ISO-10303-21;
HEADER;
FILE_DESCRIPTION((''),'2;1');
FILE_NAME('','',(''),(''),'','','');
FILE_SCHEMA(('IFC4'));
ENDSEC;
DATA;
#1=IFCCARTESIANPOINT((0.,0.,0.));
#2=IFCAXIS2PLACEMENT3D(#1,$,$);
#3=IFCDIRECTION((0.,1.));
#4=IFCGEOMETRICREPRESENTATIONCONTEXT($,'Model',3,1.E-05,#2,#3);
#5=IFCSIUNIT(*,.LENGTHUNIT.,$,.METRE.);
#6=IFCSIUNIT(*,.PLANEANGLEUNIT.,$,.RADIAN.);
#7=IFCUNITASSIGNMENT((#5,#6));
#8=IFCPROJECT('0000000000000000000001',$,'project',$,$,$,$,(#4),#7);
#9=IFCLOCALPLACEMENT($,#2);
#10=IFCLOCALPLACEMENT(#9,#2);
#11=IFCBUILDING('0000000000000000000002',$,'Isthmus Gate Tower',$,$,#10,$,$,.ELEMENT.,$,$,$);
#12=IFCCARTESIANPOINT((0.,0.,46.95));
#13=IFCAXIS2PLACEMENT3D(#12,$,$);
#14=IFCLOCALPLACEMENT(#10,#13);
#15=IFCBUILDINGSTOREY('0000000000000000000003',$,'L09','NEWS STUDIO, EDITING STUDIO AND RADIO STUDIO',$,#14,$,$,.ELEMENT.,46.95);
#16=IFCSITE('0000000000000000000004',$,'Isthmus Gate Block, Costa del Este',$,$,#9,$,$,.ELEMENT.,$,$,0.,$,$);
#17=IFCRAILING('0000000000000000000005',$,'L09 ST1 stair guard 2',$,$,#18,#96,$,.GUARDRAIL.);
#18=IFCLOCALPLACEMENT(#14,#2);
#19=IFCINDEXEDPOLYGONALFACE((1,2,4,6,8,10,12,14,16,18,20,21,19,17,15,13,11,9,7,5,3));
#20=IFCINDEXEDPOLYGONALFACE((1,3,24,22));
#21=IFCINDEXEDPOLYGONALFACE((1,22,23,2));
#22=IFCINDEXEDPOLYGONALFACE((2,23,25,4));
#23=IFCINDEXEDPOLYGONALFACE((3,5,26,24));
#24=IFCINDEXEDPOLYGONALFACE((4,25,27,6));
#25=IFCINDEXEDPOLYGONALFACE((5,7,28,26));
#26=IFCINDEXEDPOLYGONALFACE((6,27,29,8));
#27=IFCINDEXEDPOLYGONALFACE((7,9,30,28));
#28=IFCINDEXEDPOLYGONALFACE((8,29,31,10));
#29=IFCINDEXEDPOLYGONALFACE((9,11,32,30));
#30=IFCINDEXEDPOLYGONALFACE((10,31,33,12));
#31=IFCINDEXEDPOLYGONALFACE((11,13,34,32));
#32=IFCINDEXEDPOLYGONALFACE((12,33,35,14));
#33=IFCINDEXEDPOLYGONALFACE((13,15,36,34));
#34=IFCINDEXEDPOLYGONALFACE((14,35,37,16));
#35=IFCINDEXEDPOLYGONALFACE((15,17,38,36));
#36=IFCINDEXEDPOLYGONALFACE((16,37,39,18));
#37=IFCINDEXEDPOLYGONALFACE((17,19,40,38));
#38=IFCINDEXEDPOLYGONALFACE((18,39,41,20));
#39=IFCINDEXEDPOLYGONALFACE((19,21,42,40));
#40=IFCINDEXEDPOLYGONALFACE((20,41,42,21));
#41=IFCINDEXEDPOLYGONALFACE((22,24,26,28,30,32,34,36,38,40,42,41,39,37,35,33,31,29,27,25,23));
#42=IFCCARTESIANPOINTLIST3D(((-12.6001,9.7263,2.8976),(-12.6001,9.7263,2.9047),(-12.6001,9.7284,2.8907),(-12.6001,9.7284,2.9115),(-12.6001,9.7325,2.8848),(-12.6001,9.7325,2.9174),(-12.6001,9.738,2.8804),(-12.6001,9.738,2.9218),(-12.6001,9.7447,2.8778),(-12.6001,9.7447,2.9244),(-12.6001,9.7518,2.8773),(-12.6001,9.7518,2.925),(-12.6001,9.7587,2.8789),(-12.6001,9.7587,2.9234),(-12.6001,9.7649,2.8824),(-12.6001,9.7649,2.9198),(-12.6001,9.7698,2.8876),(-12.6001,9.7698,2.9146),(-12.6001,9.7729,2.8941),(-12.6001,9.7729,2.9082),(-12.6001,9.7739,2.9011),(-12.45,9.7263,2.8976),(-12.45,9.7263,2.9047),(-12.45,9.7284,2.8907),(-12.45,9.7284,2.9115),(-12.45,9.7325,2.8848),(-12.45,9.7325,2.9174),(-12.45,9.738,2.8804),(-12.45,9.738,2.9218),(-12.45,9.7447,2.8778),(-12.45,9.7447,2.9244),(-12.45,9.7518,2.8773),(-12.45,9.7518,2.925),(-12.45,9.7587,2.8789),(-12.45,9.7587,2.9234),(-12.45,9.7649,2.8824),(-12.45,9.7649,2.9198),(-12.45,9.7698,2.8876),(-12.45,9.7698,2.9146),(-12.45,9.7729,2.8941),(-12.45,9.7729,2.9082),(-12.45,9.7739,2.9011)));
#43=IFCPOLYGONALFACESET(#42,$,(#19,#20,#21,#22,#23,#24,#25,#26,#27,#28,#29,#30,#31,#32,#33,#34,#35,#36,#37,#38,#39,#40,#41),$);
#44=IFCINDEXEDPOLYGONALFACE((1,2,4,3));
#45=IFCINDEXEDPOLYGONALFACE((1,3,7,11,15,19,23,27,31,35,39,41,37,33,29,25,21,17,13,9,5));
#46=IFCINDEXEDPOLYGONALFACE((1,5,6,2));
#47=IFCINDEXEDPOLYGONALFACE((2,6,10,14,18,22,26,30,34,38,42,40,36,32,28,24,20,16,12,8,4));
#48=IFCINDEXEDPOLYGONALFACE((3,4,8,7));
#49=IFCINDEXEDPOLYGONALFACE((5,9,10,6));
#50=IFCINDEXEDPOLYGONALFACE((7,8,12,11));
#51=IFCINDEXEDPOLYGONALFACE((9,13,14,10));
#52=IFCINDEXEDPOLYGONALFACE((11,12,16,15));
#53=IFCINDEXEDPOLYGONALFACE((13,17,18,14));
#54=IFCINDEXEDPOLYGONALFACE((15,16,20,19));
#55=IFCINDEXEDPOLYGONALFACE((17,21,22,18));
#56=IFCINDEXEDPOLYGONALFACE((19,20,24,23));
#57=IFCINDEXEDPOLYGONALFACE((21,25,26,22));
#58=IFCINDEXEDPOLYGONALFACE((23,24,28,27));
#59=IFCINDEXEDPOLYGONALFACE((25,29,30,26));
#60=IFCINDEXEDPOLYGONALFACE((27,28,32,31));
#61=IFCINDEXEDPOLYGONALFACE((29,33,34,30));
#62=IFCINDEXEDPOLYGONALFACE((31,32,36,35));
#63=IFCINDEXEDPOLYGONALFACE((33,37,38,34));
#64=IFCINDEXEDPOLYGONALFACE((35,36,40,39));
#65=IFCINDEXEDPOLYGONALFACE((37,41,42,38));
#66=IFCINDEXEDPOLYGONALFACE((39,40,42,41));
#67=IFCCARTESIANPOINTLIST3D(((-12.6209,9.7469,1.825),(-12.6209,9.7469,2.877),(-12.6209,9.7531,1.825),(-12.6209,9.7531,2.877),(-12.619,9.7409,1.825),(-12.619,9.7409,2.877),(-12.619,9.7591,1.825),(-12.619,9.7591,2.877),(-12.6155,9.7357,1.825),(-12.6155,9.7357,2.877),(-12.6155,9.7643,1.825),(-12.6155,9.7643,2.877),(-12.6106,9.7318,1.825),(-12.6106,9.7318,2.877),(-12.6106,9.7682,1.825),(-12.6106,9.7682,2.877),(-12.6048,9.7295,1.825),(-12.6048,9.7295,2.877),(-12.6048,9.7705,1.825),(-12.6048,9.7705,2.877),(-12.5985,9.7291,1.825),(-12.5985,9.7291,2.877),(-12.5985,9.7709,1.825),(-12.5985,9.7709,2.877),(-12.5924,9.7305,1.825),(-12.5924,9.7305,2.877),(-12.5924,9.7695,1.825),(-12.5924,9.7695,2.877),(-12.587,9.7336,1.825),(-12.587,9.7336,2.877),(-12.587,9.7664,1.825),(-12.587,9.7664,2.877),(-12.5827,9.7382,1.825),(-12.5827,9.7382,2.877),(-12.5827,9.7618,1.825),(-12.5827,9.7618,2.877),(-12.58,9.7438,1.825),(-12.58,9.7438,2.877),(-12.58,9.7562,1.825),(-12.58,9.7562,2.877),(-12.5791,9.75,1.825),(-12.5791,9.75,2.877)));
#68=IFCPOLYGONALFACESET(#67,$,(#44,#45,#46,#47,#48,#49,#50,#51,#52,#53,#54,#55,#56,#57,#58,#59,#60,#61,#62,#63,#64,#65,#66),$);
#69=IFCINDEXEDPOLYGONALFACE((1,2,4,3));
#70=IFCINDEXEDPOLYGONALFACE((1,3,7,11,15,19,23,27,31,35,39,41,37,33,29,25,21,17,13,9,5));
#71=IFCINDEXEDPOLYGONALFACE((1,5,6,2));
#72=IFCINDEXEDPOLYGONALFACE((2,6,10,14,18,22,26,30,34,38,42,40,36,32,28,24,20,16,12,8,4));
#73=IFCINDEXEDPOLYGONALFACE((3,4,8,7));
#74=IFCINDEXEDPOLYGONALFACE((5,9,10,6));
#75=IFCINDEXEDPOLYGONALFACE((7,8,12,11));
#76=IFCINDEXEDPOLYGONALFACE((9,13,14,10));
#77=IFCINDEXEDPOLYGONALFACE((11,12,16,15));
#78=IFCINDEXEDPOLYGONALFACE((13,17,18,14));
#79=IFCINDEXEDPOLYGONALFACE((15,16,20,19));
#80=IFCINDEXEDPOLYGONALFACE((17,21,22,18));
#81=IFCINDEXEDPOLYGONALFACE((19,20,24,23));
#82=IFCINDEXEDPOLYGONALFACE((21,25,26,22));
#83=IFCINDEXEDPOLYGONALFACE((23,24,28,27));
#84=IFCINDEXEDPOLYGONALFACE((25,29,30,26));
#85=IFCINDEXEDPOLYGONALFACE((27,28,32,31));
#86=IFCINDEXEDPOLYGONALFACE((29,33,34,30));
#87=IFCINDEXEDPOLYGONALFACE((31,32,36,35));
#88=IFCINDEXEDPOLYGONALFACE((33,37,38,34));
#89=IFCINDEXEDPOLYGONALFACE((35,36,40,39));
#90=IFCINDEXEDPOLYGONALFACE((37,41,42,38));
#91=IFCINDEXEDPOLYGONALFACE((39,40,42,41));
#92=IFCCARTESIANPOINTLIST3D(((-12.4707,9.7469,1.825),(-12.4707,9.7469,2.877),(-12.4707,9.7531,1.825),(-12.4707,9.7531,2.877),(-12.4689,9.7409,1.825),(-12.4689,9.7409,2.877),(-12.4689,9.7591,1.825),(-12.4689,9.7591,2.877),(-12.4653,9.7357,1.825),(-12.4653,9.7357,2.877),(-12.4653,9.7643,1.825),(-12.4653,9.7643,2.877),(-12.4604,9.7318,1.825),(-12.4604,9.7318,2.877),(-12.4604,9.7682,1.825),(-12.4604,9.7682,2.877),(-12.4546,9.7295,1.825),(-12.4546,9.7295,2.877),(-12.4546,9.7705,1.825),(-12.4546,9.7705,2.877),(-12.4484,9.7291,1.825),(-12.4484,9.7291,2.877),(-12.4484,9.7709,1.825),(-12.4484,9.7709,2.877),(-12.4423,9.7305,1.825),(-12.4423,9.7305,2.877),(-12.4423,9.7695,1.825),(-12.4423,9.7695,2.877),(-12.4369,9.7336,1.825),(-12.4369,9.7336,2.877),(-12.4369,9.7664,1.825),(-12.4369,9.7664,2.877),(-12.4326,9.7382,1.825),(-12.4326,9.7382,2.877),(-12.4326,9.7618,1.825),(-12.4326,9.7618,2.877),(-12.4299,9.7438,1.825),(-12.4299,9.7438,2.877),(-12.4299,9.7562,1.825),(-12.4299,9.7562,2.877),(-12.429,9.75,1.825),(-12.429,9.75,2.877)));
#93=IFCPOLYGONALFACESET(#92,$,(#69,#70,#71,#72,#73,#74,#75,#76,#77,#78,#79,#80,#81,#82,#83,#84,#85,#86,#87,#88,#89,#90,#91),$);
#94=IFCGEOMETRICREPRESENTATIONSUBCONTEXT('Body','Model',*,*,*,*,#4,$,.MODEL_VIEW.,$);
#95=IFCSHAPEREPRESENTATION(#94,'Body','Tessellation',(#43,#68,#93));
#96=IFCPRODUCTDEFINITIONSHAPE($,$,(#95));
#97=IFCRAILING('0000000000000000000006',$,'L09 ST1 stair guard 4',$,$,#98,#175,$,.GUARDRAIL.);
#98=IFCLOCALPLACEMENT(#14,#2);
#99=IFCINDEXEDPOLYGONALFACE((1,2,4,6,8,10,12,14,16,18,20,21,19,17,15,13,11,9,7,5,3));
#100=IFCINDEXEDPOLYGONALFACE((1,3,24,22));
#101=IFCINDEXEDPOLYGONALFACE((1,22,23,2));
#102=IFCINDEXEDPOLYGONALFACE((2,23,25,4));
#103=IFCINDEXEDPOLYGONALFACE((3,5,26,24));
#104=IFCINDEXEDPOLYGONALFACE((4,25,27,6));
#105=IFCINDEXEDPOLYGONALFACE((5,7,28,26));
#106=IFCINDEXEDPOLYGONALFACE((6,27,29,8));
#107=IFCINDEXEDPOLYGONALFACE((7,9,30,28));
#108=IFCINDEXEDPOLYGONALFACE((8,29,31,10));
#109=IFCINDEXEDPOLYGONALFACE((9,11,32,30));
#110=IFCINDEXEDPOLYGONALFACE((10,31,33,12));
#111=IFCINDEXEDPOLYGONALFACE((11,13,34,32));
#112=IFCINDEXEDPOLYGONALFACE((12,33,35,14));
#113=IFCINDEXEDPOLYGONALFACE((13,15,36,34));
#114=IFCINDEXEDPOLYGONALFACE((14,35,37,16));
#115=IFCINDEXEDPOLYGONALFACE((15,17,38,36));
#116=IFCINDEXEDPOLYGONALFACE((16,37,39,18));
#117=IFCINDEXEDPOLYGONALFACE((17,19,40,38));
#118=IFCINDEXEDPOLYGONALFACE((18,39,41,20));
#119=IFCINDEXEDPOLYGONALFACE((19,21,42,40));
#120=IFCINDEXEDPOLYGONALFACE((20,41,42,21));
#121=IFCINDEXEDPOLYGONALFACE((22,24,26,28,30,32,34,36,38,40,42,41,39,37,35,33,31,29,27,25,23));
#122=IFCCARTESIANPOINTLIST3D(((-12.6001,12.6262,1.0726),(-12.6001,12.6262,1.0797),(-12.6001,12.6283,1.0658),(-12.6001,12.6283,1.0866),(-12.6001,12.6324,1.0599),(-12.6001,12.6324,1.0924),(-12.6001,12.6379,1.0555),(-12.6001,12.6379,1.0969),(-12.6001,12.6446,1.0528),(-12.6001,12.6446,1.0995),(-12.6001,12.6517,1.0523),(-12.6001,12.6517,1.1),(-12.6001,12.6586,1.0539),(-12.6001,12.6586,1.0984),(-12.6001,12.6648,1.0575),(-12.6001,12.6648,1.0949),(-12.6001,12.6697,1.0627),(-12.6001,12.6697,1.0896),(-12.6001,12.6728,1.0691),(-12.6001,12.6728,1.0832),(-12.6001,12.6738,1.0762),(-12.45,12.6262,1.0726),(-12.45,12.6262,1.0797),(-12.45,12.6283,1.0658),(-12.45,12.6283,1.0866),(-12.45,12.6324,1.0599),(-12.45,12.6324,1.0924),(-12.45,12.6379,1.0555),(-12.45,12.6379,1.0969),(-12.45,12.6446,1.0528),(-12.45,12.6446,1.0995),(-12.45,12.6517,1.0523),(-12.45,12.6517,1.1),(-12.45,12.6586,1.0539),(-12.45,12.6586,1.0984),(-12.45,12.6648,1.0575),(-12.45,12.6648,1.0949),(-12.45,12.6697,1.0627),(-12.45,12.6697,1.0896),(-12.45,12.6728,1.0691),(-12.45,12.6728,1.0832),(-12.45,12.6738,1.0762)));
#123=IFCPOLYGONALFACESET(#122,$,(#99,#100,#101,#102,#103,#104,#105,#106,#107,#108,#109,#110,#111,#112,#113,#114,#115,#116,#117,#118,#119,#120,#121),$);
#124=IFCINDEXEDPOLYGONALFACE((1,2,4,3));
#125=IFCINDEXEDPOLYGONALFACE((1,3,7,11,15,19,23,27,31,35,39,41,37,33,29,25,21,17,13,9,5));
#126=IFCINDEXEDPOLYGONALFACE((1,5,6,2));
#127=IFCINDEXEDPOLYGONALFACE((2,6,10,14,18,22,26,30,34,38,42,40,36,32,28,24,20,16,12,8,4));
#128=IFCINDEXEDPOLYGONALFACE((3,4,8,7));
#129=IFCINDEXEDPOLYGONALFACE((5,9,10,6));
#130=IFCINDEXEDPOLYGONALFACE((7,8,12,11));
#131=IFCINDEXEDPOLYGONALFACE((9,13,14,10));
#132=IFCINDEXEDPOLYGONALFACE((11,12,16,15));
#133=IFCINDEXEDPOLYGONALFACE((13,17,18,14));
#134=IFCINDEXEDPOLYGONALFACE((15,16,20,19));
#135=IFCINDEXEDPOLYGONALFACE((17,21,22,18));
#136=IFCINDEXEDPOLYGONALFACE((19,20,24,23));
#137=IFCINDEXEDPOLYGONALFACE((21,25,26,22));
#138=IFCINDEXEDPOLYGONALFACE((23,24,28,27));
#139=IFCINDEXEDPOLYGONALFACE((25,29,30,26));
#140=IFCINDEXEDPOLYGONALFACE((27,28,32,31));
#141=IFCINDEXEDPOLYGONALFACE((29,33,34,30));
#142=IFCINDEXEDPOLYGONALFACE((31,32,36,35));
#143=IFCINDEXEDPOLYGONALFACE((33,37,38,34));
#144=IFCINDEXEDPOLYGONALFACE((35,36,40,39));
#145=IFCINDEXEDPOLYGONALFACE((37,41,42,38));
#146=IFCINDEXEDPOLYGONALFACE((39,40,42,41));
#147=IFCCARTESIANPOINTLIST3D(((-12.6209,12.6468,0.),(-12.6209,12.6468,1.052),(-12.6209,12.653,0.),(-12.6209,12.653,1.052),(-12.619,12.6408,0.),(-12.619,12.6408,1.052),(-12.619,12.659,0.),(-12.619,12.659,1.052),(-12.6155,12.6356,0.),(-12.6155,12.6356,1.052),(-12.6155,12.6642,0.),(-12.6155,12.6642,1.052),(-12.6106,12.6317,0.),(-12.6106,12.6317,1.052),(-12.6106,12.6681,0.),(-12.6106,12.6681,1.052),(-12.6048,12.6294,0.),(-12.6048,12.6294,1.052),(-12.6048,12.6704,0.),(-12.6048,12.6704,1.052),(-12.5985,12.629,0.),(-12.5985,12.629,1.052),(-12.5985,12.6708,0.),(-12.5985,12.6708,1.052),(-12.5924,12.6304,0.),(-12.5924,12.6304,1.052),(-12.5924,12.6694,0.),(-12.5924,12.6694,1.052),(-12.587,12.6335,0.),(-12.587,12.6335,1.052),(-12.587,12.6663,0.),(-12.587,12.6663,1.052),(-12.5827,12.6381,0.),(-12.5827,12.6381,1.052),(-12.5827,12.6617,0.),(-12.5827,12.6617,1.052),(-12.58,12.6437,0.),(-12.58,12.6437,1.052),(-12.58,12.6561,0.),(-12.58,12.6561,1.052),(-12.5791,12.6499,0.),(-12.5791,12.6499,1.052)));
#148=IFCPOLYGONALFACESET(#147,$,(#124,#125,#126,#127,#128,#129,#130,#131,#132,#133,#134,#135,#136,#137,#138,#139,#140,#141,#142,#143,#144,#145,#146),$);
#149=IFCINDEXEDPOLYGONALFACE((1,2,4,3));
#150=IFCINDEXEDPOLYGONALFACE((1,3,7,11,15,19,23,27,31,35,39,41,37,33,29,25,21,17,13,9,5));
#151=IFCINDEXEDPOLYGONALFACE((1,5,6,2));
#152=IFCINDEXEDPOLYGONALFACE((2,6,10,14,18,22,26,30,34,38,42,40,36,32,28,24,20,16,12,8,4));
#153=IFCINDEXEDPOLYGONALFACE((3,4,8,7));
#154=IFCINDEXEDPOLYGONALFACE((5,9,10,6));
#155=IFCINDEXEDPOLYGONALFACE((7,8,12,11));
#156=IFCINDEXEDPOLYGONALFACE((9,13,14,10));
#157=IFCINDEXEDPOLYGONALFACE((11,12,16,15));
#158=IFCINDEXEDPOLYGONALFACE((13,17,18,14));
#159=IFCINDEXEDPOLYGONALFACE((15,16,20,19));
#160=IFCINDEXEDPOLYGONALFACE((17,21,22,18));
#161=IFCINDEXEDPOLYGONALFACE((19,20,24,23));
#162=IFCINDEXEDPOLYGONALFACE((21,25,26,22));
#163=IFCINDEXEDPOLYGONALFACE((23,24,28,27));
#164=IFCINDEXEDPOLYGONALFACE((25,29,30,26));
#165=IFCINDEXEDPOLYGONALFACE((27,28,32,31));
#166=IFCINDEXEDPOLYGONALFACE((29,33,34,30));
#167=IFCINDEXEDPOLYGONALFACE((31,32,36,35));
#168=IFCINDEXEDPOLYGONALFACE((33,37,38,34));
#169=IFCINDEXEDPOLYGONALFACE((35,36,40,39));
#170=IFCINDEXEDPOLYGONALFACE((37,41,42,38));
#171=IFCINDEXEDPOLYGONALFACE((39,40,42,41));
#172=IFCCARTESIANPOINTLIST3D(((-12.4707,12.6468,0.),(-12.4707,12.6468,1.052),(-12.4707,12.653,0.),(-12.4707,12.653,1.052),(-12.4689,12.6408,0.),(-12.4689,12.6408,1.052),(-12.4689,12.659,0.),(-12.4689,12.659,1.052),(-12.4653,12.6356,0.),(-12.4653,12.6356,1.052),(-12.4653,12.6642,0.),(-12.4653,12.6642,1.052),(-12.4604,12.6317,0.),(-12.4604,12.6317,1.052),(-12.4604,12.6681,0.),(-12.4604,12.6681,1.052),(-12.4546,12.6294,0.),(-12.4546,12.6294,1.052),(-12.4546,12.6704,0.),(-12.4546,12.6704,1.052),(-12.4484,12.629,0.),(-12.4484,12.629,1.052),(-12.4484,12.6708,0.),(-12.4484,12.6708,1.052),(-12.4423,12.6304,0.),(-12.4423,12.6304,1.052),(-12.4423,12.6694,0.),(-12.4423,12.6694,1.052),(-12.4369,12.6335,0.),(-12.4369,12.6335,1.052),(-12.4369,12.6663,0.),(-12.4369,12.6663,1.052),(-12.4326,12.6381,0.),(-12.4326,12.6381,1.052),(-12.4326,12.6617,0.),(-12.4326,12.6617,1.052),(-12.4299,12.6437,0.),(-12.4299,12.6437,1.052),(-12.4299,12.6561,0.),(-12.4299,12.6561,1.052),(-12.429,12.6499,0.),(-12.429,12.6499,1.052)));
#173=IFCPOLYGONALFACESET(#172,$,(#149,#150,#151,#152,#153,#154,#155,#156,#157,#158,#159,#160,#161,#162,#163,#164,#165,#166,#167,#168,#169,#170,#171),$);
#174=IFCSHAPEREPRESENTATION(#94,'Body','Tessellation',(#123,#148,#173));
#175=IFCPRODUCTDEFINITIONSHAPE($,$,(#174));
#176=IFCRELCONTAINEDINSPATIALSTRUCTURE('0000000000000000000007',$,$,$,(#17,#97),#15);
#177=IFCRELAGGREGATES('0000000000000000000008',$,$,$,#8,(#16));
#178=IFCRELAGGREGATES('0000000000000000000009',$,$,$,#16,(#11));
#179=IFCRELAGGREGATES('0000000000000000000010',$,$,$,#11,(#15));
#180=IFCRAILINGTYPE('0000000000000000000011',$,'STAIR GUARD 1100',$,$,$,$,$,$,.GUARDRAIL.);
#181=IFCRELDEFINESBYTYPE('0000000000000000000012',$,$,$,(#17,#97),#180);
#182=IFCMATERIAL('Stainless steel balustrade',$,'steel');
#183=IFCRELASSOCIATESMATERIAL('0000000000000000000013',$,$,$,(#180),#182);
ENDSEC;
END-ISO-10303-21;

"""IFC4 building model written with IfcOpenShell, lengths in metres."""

from ifc_helpers import new_model, si_unit, direction, frame, origin, origin_2d, place, context, subcontext, project, spatial, circle, extrude, material, type_object, element, save


model = new_model("IFC4")

# Units and contexts
model_context = context("Model", 3, precision=1e-05, world=origin(), true_north=direction((0.0, 1.0)))
body_context = subcontext(model_context, "Body", "Model", "MODEL_VIEW")
ifc_project = project(units=[si_unit("LENGTHUNIT", "METRE"), si_unit("PLANEANGLEUNIT", "RADIAN")], contexts=[model_context])

# Site, building, storey
site_placement = place(None, origin())
site = spatial("IfcSite", under=ifc_project, at=site_placement, Name="Isthmus Gate Block, Costa del Este", CompositionType="ELEMENT", RefElevation=0.0)
building_placement = place(site_placement, origin())
building = spatial("IfcBuilding", under=site, at=building_placement, Name="Isthmus Gate Tower", CompositionType="ELEMENT")
storey_placement = place(building_placement, frame((0.0, 0.0, 46.95)))
storey = spatial("IfcBuildingStorey", under=building, at=storey_placement, Name="L09", Description="NEWS STUDIO, EDITING STUDIO AND RADIO STUDIO", CompositionType="ELEMENT", Elevation=46.95)

# Railings
ifc_material_1 = material(Name="Stainless steel balustrade", Category="steel")
railing_type_1 = type_object("IfcRailingType", Name="STAIR GUARD 1100", PredefinedType="GUARDRAIL", material=ifc_material_1)
for number, where, name in (
    (1, (-12.6001, 9.75, 1.825), "L09 ST1 stair guard 2"),
    (2, (-12.6001, 12.6499, 0.0), "L09 ST1 stair guard 4"),
):
    element("IfcRailing", number, at=place(storey_placement, frame(where)), inside=storey, type_object=railing_type_1, Name=name, PredefinedType="GUARDRAIL", context=body_context, shape_type="SweptSolid", body=[
        extrude(circle(Radius=0.0239, at=origin_2d()), frame((0.0, 0.0, 1.0762), z_axis=(1.0, 0.0, 0.0), x_axis=(0.0, 1.0, 0.0)), (0.0, 0.0, 1.0), 0.1501),
        extrude(circle(Radius=0.021, at=origin_2d()), origin(), (0.0, 0.0, 1.0), 1.052),
        extrude(circle(Radius=0.021, at=origin_2d()), frame((0.1501, 0.0, 0.0)), (0.0, 0.0, 1.0), 1.052),
    ])

save(model, "model.ifc")
